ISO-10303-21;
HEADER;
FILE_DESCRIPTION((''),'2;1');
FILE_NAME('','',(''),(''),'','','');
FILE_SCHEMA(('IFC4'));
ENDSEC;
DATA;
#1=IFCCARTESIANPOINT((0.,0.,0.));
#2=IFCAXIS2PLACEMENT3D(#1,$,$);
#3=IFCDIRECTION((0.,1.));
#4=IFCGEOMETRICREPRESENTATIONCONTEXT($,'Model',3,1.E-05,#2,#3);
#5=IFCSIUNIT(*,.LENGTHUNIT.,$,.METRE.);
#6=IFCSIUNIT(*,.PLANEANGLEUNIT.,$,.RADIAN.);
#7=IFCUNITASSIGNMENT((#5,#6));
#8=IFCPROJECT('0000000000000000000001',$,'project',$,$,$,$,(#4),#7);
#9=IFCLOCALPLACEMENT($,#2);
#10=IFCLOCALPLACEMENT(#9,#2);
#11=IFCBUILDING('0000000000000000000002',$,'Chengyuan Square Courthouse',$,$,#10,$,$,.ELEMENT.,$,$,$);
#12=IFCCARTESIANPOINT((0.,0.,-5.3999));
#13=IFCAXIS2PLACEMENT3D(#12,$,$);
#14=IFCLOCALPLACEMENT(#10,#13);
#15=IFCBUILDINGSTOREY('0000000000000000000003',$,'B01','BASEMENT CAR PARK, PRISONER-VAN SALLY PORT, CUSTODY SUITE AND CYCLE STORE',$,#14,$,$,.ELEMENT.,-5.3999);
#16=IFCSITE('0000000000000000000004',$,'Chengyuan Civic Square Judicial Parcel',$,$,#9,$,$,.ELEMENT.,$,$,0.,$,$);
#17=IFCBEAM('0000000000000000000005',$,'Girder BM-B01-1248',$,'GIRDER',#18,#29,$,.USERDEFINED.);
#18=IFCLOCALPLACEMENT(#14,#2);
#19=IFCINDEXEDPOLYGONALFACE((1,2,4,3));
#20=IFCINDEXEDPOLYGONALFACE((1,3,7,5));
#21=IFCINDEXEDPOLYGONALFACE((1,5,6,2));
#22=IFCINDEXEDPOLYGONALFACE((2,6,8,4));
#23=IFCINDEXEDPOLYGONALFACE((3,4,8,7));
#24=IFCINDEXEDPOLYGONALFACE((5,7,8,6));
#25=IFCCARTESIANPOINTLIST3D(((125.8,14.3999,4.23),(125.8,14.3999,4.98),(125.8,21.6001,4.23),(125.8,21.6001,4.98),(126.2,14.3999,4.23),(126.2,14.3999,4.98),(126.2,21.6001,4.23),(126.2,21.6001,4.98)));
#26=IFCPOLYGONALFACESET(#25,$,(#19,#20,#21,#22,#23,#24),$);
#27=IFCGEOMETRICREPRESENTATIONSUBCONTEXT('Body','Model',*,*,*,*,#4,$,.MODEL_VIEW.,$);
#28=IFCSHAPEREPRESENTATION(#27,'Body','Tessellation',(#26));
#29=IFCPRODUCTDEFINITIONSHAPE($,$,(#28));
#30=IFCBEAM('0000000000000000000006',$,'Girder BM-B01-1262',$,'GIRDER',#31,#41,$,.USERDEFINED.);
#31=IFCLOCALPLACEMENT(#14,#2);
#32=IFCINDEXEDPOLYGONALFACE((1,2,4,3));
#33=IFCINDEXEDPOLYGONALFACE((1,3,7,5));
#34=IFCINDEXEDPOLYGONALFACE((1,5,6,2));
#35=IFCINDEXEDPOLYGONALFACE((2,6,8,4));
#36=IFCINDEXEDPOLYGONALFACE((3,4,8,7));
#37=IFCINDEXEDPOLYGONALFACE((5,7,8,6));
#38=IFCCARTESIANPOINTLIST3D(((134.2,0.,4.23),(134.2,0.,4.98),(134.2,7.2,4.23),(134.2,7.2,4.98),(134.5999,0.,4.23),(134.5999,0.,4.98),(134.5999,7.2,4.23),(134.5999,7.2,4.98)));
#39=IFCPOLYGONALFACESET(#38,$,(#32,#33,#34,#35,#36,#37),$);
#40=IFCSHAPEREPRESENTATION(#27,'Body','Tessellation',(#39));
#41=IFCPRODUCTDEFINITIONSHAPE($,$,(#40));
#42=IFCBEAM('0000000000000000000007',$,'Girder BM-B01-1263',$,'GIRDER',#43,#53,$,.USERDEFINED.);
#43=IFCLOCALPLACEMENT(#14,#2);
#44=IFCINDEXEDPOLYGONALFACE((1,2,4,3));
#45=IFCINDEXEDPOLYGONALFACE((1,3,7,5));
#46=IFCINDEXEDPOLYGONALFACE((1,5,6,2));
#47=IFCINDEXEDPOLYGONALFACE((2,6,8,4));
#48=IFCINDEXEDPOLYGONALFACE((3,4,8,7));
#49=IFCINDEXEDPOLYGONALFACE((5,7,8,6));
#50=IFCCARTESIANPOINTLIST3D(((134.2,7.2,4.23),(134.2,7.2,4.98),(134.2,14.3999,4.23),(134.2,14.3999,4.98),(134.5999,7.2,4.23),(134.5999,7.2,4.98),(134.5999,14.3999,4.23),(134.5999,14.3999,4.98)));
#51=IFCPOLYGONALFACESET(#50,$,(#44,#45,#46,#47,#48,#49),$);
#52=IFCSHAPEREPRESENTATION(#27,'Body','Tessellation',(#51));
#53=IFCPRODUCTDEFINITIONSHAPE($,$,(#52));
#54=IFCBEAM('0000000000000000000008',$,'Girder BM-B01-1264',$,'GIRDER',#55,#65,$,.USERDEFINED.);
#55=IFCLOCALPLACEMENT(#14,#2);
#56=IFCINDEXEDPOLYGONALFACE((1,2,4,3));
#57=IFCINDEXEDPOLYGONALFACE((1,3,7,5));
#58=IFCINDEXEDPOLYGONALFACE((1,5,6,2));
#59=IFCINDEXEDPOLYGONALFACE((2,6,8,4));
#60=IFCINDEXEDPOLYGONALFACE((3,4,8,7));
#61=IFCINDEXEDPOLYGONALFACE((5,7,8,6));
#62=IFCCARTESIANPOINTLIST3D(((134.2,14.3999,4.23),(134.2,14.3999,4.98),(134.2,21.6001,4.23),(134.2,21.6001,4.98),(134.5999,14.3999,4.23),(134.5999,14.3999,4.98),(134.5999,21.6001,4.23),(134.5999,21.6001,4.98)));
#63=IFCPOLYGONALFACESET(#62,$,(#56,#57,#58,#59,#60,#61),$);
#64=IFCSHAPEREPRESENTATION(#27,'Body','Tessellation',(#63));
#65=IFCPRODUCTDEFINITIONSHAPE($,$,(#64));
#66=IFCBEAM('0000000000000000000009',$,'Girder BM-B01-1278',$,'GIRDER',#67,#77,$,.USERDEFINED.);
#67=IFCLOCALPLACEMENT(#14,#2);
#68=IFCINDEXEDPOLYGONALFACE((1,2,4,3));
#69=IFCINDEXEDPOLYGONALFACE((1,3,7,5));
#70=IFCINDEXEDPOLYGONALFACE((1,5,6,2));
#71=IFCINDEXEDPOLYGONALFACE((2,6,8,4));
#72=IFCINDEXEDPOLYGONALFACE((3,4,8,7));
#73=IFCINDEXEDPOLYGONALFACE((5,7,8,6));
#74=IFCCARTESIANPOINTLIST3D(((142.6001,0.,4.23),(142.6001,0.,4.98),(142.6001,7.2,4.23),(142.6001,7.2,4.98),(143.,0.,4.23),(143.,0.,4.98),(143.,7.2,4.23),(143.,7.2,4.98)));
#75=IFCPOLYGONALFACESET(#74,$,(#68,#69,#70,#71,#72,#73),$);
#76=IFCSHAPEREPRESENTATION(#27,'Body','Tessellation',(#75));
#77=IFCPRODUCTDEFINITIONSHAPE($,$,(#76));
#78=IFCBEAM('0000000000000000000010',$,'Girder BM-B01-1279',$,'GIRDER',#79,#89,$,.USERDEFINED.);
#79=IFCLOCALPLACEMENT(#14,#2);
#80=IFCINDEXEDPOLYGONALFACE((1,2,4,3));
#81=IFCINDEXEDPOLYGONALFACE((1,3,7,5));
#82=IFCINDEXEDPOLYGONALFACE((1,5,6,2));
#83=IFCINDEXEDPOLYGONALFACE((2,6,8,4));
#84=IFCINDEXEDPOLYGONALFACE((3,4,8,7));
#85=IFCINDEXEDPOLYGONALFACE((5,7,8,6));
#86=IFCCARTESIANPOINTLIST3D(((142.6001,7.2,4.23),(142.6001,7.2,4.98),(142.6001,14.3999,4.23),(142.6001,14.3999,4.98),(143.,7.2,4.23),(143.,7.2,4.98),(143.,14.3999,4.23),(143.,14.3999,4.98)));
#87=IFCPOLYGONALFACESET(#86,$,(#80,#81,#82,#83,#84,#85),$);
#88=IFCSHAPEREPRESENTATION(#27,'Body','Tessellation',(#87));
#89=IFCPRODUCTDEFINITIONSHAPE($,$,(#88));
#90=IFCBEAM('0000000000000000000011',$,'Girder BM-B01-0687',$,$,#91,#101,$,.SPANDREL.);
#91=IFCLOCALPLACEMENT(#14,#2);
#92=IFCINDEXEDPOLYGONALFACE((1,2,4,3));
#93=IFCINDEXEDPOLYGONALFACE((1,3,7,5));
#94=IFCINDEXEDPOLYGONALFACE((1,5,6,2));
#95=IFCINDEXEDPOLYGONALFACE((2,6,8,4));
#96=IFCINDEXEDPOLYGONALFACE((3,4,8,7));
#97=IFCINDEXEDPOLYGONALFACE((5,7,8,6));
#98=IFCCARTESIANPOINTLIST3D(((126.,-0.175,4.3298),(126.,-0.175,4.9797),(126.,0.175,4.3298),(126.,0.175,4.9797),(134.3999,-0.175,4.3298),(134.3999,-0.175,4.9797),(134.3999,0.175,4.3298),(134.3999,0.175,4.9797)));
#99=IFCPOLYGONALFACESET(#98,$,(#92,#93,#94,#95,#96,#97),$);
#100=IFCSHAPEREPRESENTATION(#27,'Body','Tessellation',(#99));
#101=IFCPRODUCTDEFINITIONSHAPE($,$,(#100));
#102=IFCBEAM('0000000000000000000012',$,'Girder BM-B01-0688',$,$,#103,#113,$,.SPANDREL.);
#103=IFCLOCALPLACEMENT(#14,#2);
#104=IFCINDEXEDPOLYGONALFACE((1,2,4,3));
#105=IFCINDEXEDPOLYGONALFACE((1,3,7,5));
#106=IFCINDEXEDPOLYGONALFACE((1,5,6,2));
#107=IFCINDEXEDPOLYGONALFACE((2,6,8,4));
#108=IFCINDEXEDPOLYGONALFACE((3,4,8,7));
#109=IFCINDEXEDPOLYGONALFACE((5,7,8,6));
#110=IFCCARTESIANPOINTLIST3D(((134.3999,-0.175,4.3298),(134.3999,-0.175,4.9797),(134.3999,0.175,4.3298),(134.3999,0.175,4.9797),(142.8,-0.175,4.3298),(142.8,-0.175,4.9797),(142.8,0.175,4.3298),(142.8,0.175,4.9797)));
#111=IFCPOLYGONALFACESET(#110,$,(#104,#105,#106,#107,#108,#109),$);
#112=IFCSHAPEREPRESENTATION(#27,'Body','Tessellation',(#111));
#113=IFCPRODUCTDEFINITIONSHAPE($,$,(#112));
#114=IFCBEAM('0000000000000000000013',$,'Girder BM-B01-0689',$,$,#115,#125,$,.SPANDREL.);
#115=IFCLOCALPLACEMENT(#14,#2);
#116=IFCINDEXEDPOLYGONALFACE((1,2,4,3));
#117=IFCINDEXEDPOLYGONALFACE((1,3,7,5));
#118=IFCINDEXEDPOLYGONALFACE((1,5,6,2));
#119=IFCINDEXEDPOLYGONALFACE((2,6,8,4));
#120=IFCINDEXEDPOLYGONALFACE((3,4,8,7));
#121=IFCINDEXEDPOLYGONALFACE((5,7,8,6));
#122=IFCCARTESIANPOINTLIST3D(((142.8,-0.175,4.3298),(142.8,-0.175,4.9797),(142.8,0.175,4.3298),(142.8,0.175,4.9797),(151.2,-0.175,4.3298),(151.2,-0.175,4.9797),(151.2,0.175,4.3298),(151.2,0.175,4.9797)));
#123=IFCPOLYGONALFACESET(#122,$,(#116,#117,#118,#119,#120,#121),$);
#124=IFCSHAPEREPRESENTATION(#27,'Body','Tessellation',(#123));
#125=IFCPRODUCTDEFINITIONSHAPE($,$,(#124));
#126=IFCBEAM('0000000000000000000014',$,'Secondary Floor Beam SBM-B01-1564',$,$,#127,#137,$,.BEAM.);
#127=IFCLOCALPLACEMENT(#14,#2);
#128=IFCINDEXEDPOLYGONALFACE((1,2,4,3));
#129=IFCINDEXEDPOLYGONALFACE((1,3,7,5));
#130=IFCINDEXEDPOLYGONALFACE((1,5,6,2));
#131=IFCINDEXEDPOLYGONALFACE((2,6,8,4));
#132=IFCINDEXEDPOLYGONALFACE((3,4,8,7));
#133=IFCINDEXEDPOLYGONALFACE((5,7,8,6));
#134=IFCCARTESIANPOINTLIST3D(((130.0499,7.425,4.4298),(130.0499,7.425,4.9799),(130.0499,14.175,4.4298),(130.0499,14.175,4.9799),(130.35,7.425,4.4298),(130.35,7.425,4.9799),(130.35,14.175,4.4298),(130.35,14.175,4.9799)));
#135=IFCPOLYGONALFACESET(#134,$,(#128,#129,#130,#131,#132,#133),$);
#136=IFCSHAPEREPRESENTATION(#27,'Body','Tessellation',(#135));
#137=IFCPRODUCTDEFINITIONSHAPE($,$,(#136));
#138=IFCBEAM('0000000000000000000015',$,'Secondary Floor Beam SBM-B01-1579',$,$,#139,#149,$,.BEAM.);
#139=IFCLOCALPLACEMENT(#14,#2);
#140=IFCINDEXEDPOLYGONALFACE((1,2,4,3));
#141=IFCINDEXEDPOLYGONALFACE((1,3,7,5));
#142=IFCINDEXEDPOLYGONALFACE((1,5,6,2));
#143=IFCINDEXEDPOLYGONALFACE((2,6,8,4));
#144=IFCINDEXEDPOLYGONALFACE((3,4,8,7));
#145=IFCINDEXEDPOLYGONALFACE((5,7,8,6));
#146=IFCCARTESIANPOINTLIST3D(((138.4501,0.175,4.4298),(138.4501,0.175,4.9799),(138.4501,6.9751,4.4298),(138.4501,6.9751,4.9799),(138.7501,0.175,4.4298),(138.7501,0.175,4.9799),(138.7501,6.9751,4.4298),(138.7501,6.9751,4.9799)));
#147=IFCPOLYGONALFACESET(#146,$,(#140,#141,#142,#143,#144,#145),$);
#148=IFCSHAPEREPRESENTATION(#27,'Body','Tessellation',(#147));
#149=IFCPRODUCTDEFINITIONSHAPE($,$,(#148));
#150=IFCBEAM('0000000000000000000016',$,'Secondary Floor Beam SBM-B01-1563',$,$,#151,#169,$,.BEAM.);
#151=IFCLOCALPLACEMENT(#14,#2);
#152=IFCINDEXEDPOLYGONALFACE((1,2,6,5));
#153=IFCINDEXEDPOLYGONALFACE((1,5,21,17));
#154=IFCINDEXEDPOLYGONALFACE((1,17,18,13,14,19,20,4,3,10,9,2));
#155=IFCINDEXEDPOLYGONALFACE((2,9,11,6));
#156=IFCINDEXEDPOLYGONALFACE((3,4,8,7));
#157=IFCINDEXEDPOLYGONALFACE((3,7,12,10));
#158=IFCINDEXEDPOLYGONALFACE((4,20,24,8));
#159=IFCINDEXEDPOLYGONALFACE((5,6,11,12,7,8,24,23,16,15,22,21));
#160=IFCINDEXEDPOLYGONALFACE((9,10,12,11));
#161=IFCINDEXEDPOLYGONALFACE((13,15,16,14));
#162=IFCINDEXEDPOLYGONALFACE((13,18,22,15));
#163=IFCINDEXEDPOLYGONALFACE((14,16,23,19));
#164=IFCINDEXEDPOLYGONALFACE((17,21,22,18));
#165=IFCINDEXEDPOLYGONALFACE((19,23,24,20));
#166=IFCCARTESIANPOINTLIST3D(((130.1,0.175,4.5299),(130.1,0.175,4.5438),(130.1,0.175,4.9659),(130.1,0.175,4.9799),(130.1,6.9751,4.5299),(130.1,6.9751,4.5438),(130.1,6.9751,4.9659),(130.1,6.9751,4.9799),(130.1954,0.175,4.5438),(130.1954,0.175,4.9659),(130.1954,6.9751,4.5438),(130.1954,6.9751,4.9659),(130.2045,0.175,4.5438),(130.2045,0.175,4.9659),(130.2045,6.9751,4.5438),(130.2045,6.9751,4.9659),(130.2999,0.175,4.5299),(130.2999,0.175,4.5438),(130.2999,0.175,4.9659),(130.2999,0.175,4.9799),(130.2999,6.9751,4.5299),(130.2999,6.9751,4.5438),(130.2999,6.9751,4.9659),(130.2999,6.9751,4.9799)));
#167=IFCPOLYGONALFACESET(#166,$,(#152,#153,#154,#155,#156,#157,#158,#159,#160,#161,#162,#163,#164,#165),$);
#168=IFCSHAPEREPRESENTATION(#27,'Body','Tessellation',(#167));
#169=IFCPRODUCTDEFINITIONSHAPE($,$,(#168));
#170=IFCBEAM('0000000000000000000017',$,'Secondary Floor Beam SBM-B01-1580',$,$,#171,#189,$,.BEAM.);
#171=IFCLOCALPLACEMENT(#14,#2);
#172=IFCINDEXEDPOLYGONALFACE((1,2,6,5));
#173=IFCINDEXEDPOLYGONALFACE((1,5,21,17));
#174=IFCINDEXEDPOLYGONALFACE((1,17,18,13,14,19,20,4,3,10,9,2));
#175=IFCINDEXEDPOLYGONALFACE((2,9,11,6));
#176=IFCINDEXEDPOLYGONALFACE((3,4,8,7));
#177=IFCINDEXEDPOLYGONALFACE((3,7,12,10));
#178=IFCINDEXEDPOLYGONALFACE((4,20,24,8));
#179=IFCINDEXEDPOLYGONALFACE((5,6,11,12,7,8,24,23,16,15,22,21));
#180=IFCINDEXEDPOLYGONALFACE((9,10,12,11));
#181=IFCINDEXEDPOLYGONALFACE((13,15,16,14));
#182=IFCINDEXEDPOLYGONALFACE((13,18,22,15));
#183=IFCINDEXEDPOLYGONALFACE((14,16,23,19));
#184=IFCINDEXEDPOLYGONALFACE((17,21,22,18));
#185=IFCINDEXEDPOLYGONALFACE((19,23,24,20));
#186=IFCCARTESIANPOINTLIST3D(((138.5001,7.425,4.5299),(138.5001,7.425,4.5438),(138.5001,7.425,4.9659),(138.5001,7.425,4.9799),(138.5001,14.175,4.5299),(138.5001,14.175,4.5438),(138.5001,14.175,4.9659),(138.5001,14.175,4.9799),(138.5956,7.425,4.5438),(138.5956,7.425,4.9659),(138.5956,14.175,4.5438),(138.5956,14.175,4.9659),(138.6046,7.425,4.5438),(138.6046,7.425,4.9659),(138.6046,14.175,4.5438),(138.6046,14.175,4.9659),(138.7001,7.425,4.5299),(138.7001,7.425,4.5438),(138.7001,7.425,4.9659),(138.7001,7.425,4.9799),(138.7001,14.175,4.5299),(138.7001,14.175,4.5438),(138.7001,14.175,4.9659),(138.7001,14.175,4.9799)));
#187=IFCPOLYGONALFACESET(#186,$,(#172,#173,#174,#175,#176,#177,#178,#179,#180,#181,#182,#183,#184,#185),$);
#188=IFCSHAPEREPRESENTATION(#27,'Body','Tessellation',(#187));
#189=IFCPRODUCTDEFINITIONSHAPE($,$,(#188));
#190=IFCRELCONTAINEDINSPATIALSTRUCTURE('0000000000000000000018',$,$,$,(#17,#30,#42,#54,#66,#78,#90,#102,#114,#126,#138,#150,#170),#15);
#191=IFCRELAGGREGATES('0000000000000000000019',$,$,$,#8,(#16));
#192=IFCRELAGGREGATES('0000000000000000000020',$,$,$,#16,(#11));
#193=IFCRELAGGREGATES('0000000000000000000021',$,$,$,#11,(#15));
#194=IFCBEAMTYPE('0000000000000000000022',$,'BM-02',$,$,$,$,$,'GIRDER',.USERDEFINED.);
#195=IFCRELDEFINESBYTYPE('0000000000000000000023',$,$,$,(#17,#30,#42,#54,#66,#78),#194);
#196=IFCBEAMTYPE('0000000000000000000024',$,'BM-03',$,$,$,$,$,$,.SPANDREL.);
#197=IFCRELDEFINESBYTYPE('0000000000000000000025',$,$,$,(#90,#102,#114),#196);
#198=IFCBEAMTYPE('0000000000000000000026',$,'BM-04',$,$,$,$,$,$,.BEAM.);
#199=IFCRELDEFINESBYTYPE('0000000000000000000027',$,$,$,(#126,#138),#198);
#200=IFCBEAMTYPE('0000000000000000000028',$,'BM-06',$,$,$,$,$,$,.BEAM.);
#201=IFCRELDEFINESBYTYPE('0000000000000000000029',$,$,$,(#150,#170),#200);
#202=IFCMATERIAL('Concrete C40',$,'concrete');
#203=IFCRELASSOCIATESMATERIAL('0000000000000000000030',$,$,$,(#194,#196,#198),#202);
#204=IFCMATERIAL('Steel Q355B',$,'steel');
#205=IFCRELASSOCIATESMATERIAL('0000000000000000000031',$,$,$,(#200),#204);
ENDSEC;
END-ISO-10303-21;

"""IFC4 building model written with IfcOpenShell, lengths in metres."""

from ifc_helpers import new_model, si_unit, direction, frame, origin, origin_2d, place, context, subcontext, project, spatial, rectangle, i_section, extrude, material, material_profile, profile_set, type_object, element, save


model = new_model("IFC4")

# Units and contexts
model_context = context("Model", 3, precision=1e-05, world=origin(), true_north=direction((0.0, 1.0)))
body_context = subcontext(model_context, "Body", "Model", "MODEL_VIEW")
ifc_project = project(units=[si_unit("LENGTHUNIT", "METRE"), si_unit("PLANEANGLEUNIT", "RADIAN")], contexts=[model_context])

# Site, building, storey
site_placement = place(None, origin())
site = spatial("IfcSite", under=ifc_project, at=site_placement, Name="Chengyuan Civic Square Judicial Parcel", CompositionType="ELEMENT", RefElevation=0.0)
building_placement = place(site_placement, origin())
building = spatial("IfcBuilding", under=site, at=building_placement, Name="Chengyuan Square Courthouse", CompositionType="ELEMENT")
storey_placement = place(building_placement, frame((0.0, 0.0, -5.3999)))
storey = spatial("IfcBuildingStorey", under=building, at=storey_placement, Name="B01", Description="BASEMENT CAR PARK, PRISONER-VAN SALLY PORT, CUSTODY SUITE AND CYCLE STORE", CompositionType="ELEMENT", Elevation=-5.3999)

# Beams
ifc_material_1 = material(Name="Concrete C40", Category="concrete")
ifc_material_profile_1 = material_profile(ifc_material_1, rectangle(XDim=0.3999, YDim=0.75, at=origin_2d()), Name="RC-BM-400x750")
ifc_profile_set_1 = profile_set([ifc_material_profile_1], Name="Concrete C40")
beam_type_1 = type_object("IfcBeamType", Name="BM-02", ElementType="GIRDER", PredefinedType="USERDEFINED", material=ifc_profile_set_1)
beam_1_placement = place(storey_placement, frame((126.0, 14.3999, 4.605), z_axis=(0.0, 1.0, 0.0), x_axis=(-1.0, 0.0, 0.0)))
element("IfcBeam", 1, at=beam_1_placement, inside=storey, type_object=beam_type_1, Name="Girder BM-B01-1248", ObjectType="GIRDER", PredefinedType="USERDEFINED", context=body_context, shape_type="SweptSolid", body=[
    extrude(rectangle(XDim=0.3999, YDim=0.75, at=origin_2d()), origin(), (0.0, 0.0, 1.0), 7.2002),
])
for number, where, z_axis, x_axis, name in (
    (2, (134.3999, 0.0, 4.605), (0.0, 1.0, 0.0), (-1.0, 0.0, 0.0), "Girder BM-B01-1262"),
    (3, (134.3999, 7.2, 4.605), (0.0, 1.0, 0.0), (-1.0, 0.0, 0.0), "Girder BM-B01-1263"),
):
    element("IfcBeam", number, at=place(storey_placement, frame(where, z_axis=z_axis, x_axis=x_axis)), inside=storey, type_object=beam_type_1, Name=name, ObjectType="GIRDER", PredefinedType="USERDEFINED", context=body_context, shape_type="SweptSolid", body=[
        extrude(rectangle(XDim=0.3999, YDim=0.75, at=origin_2d()), origin(), (0.0, 0.0, 1.0), 7.2),
    ])
beam_2_placement = place(storey_placement, frame((134.3999, 14.3999, 4.605), z_axis=(0.0, 1.0, 0.0), x_axis=(-1.0, 0.0, 0.0)))
element("IfcBeam", 4, at=beam_2_placement, inside=storey, type_object=beam_type_1, Name="Girder BM-B01-1264", ObjectType="GIRDER", PredefinedType="USERDEFINED", context=body_context, shape_type="SweptSolid", body=[
    extrude(rectangle(XDim=0.3999, YDim=0.75, at=origin_2d()), origin(), (0.0, 0.0, 1.0), 7.2002),
])
for number, where, z_axis, x_axis, name in (
    (5, (142.8, 0.0, 4.605), (0.0, 1.0, 0.0), (-1.0, 0.0, 0.0), "Girder BM-B01-1278"),
    (6, (142.8, 7.2, 4.605), (0.0, 1.0, 0.0), (-1.0, 0.0, 0.0), "Girder BM-B01-1279"),
):
    element("IfcBeam", number, at=place(storey_placement, frame(where, z_axis=z_axis, x_axis=x_axis)), inside=storey, type_object=beam_type_1, Name=name, ObjectType="GIRDER", PredefinedType="USERDEFINED", context=body_context, shape_type="SweptSolid", body=[
        extrude(rectangle(XDim=0.3999, YDim=0.75, at=origin_2d()), origin(), (0.0, 0.0, 1.0), 7.2),
    ])
ifc_material_profile_2 = material_profile(ifc_material_1, rectangle(XDim=0.3501, YDim=0.6499, at=origin_2d()), Name="RC-BM-350x650")
ifc_profile_set_2 = profile_set([ifc_material_profile_2], Name="Concrete C40")
beam_type_2 = type_object("IfcBeamType", Name="BM-03", PredefinedType="SPANDREL", material=ifc_profile_set_2)
beam_3_placement = place(storey_placement, frame((126.0, 0.0, 4.6548), z_axis=(1.0, 0.0, 0.0), x_axis=(0.0, 1.0, 0.0)))
element("IfcBeam", 7, at=beam_3_placement, inside=storey, type_object=beam_type_2, Name="Girder BM-B01-0687", PredefinedType="SPANDREL", context=body_context, shape_type="SweptSolid", body=[
    extrude(rectangle(XDim=0.3501, YDim=0.6499, at=origin_2d()), origin(), (0.0, 0.0, 1.0), 8.3999),
])
beam_4_placement = place(storey_placement, frame((134.3999, 0.0, 4.6548), z_axis=(1.0, 0.0, 0.0), x_axis=(0.0, 1.0, 0.0)))
element("IfcBeam", 8, at=beam_4_placement, inside=storey, type_object=beam_type_2, Name="Girder BM-B01-0688", PredefinedType="SPANDREL", context=body_context, shape_type="SweptSolid", body=[
    extrude(rectangle(XDim=0.3501, YDim=0.6499, at=origin_2d()), origin(), (0.0, 0.0, 1.0), 8.4001),
])
beam_5_placement = place(storey_placement, frame((142.8, 0.0, 4.6548), z_axis=(1.0, 0.0, 0.0), x_axis=(0.0, 1.0, 0.0)))
element("IfcBeam", 9, at=beam_5_placement, inside=storey, type_object=beam_type_2, Name="Girder BM-B01-0689", PredefinedType="SPANDREL", context=body_context, shape_type="SweptSolid", body=[
    extrude(rectangle(XDim=0.3501, YDim=0.6499, at=origin_2d()), origin(), (0.0, 0.0, 1.0), 8.3999),
])
ifc_material_profile_3 = material_profile(ifc_material_1, rectangle(XDim=0.3, YDim=0.55, at=origin_2d()), Name="RC-BM-300x550")
ifc_profile_set_3 = profile_set([ifc_material_profile_3], Name="Concrete C40")
beam_type_3 = type_object("IfcBeamType", Name="BM-04", PredefinedType="BEAM", material=ifc_profile_set_3)
beam_6_placement = place(storey_placement, frame((130.2, 7.425, 4.7048), z_axis=(0.0, 1.0, 0.0), x_axis=(-1.0, 0.0, 0.0)))
element("IfcBeam", 10, at=beam_6_placement, inside=storey, type_object=beam_type_3, Name="Secondary Floor Beam SBM-B01-1564", PredefinedType="BEAM", context=body_context, shape_type="SweptSolid", body=[
    extrude(rectangle(XDim=0.3, YDim=0.55, at=origin_2d()), origin(), (0.0, 0.0, 1.0), 6.75),
])
beam_7_placement = place(storey_placement, frame((138.6001, 0.175, 4.7048), z_axis=(0.0, 1.0, 0.0), x_axis=(-1.0, 0.0, 0.0)))
element("IfcBeam", 11, at=beam_7_placement, inside=storey, type_object=beam_type_3, Name="Secondary Floor Beam SBM-B01-1579", PredefinedType="BEAM", context=body_context, shape_type="SweptSolid", body=[
    extrude(rectangle(XDim=0.3, YDim=0.55, at=origin_2d()), origin(), (0.0, 0.0, 1.0), 6.8),
])
ifc_material_2 = material(Name="Steel Q355B", Category="steel")
ifc_material_profile_4 = material_profile(ifc_material_2, i_section(OverallWidth=0.2, OverallDepth=0.45, WebThickness=0.009, FlangeThickness=0.0139, at=origin_2d()), Name="HN 450x200x9x14")
ifc_profile_set_4 = profile_set([ifc_material_profile_4], Name="Steel Q355B")
beam_type_4 = type_object("IfcBeamType", Name="BM-06", PredefinedType="BEAM", material=ifc_profile_set_4)
beam_8_placement = place(storey_placement, frame((130.2, 0.175, 4.7549), z_axis=(0.0, 1.0, 0.0), x_axis=(-1.0, 0.0, 0.0)))
element("IfcBeam", 12, at=beam_8_placement, inside=storey, type_object=beam_type_4, Name="Secondary Floor Beam SBM-B01-1563", PredefinedType="BEAM", context=body_context, shape_type="SweptSolid", body=[
    extrude(i_section(OverallWidth=0.2, OverallDepth=0.45, WebThickness=0.009, FlangeThickness=0.0139, at=origin_2d()), origin(), (0.0, 0.0, 1.0), 6.8),
])
beam_9_placement = place(storey_placement, frame((138.6001, 7.425, 4.7549), z_axis=(0.0, 1.0, 0.0), x_axis=(-1.0, 0.0, 0.0)))
element("IfcBeam", 13, at=beam_9_placement, inside=storey, type_object=beam_type_4, Name="Secondary Floor Beam SBM-B01-1580", PredefinedType="BEAM", context=body_context, shape_type="SweptSolid", body=[
    extrude(i_section(OverallWidth=0.2, OverallDepth=0.45, WebThickness=0.009, FlangeThickness=0.0139, at=origin_2d()), origin(), (0.0, 0.0, 1.0), 6.75),
])

save(model, "model.ifc")
